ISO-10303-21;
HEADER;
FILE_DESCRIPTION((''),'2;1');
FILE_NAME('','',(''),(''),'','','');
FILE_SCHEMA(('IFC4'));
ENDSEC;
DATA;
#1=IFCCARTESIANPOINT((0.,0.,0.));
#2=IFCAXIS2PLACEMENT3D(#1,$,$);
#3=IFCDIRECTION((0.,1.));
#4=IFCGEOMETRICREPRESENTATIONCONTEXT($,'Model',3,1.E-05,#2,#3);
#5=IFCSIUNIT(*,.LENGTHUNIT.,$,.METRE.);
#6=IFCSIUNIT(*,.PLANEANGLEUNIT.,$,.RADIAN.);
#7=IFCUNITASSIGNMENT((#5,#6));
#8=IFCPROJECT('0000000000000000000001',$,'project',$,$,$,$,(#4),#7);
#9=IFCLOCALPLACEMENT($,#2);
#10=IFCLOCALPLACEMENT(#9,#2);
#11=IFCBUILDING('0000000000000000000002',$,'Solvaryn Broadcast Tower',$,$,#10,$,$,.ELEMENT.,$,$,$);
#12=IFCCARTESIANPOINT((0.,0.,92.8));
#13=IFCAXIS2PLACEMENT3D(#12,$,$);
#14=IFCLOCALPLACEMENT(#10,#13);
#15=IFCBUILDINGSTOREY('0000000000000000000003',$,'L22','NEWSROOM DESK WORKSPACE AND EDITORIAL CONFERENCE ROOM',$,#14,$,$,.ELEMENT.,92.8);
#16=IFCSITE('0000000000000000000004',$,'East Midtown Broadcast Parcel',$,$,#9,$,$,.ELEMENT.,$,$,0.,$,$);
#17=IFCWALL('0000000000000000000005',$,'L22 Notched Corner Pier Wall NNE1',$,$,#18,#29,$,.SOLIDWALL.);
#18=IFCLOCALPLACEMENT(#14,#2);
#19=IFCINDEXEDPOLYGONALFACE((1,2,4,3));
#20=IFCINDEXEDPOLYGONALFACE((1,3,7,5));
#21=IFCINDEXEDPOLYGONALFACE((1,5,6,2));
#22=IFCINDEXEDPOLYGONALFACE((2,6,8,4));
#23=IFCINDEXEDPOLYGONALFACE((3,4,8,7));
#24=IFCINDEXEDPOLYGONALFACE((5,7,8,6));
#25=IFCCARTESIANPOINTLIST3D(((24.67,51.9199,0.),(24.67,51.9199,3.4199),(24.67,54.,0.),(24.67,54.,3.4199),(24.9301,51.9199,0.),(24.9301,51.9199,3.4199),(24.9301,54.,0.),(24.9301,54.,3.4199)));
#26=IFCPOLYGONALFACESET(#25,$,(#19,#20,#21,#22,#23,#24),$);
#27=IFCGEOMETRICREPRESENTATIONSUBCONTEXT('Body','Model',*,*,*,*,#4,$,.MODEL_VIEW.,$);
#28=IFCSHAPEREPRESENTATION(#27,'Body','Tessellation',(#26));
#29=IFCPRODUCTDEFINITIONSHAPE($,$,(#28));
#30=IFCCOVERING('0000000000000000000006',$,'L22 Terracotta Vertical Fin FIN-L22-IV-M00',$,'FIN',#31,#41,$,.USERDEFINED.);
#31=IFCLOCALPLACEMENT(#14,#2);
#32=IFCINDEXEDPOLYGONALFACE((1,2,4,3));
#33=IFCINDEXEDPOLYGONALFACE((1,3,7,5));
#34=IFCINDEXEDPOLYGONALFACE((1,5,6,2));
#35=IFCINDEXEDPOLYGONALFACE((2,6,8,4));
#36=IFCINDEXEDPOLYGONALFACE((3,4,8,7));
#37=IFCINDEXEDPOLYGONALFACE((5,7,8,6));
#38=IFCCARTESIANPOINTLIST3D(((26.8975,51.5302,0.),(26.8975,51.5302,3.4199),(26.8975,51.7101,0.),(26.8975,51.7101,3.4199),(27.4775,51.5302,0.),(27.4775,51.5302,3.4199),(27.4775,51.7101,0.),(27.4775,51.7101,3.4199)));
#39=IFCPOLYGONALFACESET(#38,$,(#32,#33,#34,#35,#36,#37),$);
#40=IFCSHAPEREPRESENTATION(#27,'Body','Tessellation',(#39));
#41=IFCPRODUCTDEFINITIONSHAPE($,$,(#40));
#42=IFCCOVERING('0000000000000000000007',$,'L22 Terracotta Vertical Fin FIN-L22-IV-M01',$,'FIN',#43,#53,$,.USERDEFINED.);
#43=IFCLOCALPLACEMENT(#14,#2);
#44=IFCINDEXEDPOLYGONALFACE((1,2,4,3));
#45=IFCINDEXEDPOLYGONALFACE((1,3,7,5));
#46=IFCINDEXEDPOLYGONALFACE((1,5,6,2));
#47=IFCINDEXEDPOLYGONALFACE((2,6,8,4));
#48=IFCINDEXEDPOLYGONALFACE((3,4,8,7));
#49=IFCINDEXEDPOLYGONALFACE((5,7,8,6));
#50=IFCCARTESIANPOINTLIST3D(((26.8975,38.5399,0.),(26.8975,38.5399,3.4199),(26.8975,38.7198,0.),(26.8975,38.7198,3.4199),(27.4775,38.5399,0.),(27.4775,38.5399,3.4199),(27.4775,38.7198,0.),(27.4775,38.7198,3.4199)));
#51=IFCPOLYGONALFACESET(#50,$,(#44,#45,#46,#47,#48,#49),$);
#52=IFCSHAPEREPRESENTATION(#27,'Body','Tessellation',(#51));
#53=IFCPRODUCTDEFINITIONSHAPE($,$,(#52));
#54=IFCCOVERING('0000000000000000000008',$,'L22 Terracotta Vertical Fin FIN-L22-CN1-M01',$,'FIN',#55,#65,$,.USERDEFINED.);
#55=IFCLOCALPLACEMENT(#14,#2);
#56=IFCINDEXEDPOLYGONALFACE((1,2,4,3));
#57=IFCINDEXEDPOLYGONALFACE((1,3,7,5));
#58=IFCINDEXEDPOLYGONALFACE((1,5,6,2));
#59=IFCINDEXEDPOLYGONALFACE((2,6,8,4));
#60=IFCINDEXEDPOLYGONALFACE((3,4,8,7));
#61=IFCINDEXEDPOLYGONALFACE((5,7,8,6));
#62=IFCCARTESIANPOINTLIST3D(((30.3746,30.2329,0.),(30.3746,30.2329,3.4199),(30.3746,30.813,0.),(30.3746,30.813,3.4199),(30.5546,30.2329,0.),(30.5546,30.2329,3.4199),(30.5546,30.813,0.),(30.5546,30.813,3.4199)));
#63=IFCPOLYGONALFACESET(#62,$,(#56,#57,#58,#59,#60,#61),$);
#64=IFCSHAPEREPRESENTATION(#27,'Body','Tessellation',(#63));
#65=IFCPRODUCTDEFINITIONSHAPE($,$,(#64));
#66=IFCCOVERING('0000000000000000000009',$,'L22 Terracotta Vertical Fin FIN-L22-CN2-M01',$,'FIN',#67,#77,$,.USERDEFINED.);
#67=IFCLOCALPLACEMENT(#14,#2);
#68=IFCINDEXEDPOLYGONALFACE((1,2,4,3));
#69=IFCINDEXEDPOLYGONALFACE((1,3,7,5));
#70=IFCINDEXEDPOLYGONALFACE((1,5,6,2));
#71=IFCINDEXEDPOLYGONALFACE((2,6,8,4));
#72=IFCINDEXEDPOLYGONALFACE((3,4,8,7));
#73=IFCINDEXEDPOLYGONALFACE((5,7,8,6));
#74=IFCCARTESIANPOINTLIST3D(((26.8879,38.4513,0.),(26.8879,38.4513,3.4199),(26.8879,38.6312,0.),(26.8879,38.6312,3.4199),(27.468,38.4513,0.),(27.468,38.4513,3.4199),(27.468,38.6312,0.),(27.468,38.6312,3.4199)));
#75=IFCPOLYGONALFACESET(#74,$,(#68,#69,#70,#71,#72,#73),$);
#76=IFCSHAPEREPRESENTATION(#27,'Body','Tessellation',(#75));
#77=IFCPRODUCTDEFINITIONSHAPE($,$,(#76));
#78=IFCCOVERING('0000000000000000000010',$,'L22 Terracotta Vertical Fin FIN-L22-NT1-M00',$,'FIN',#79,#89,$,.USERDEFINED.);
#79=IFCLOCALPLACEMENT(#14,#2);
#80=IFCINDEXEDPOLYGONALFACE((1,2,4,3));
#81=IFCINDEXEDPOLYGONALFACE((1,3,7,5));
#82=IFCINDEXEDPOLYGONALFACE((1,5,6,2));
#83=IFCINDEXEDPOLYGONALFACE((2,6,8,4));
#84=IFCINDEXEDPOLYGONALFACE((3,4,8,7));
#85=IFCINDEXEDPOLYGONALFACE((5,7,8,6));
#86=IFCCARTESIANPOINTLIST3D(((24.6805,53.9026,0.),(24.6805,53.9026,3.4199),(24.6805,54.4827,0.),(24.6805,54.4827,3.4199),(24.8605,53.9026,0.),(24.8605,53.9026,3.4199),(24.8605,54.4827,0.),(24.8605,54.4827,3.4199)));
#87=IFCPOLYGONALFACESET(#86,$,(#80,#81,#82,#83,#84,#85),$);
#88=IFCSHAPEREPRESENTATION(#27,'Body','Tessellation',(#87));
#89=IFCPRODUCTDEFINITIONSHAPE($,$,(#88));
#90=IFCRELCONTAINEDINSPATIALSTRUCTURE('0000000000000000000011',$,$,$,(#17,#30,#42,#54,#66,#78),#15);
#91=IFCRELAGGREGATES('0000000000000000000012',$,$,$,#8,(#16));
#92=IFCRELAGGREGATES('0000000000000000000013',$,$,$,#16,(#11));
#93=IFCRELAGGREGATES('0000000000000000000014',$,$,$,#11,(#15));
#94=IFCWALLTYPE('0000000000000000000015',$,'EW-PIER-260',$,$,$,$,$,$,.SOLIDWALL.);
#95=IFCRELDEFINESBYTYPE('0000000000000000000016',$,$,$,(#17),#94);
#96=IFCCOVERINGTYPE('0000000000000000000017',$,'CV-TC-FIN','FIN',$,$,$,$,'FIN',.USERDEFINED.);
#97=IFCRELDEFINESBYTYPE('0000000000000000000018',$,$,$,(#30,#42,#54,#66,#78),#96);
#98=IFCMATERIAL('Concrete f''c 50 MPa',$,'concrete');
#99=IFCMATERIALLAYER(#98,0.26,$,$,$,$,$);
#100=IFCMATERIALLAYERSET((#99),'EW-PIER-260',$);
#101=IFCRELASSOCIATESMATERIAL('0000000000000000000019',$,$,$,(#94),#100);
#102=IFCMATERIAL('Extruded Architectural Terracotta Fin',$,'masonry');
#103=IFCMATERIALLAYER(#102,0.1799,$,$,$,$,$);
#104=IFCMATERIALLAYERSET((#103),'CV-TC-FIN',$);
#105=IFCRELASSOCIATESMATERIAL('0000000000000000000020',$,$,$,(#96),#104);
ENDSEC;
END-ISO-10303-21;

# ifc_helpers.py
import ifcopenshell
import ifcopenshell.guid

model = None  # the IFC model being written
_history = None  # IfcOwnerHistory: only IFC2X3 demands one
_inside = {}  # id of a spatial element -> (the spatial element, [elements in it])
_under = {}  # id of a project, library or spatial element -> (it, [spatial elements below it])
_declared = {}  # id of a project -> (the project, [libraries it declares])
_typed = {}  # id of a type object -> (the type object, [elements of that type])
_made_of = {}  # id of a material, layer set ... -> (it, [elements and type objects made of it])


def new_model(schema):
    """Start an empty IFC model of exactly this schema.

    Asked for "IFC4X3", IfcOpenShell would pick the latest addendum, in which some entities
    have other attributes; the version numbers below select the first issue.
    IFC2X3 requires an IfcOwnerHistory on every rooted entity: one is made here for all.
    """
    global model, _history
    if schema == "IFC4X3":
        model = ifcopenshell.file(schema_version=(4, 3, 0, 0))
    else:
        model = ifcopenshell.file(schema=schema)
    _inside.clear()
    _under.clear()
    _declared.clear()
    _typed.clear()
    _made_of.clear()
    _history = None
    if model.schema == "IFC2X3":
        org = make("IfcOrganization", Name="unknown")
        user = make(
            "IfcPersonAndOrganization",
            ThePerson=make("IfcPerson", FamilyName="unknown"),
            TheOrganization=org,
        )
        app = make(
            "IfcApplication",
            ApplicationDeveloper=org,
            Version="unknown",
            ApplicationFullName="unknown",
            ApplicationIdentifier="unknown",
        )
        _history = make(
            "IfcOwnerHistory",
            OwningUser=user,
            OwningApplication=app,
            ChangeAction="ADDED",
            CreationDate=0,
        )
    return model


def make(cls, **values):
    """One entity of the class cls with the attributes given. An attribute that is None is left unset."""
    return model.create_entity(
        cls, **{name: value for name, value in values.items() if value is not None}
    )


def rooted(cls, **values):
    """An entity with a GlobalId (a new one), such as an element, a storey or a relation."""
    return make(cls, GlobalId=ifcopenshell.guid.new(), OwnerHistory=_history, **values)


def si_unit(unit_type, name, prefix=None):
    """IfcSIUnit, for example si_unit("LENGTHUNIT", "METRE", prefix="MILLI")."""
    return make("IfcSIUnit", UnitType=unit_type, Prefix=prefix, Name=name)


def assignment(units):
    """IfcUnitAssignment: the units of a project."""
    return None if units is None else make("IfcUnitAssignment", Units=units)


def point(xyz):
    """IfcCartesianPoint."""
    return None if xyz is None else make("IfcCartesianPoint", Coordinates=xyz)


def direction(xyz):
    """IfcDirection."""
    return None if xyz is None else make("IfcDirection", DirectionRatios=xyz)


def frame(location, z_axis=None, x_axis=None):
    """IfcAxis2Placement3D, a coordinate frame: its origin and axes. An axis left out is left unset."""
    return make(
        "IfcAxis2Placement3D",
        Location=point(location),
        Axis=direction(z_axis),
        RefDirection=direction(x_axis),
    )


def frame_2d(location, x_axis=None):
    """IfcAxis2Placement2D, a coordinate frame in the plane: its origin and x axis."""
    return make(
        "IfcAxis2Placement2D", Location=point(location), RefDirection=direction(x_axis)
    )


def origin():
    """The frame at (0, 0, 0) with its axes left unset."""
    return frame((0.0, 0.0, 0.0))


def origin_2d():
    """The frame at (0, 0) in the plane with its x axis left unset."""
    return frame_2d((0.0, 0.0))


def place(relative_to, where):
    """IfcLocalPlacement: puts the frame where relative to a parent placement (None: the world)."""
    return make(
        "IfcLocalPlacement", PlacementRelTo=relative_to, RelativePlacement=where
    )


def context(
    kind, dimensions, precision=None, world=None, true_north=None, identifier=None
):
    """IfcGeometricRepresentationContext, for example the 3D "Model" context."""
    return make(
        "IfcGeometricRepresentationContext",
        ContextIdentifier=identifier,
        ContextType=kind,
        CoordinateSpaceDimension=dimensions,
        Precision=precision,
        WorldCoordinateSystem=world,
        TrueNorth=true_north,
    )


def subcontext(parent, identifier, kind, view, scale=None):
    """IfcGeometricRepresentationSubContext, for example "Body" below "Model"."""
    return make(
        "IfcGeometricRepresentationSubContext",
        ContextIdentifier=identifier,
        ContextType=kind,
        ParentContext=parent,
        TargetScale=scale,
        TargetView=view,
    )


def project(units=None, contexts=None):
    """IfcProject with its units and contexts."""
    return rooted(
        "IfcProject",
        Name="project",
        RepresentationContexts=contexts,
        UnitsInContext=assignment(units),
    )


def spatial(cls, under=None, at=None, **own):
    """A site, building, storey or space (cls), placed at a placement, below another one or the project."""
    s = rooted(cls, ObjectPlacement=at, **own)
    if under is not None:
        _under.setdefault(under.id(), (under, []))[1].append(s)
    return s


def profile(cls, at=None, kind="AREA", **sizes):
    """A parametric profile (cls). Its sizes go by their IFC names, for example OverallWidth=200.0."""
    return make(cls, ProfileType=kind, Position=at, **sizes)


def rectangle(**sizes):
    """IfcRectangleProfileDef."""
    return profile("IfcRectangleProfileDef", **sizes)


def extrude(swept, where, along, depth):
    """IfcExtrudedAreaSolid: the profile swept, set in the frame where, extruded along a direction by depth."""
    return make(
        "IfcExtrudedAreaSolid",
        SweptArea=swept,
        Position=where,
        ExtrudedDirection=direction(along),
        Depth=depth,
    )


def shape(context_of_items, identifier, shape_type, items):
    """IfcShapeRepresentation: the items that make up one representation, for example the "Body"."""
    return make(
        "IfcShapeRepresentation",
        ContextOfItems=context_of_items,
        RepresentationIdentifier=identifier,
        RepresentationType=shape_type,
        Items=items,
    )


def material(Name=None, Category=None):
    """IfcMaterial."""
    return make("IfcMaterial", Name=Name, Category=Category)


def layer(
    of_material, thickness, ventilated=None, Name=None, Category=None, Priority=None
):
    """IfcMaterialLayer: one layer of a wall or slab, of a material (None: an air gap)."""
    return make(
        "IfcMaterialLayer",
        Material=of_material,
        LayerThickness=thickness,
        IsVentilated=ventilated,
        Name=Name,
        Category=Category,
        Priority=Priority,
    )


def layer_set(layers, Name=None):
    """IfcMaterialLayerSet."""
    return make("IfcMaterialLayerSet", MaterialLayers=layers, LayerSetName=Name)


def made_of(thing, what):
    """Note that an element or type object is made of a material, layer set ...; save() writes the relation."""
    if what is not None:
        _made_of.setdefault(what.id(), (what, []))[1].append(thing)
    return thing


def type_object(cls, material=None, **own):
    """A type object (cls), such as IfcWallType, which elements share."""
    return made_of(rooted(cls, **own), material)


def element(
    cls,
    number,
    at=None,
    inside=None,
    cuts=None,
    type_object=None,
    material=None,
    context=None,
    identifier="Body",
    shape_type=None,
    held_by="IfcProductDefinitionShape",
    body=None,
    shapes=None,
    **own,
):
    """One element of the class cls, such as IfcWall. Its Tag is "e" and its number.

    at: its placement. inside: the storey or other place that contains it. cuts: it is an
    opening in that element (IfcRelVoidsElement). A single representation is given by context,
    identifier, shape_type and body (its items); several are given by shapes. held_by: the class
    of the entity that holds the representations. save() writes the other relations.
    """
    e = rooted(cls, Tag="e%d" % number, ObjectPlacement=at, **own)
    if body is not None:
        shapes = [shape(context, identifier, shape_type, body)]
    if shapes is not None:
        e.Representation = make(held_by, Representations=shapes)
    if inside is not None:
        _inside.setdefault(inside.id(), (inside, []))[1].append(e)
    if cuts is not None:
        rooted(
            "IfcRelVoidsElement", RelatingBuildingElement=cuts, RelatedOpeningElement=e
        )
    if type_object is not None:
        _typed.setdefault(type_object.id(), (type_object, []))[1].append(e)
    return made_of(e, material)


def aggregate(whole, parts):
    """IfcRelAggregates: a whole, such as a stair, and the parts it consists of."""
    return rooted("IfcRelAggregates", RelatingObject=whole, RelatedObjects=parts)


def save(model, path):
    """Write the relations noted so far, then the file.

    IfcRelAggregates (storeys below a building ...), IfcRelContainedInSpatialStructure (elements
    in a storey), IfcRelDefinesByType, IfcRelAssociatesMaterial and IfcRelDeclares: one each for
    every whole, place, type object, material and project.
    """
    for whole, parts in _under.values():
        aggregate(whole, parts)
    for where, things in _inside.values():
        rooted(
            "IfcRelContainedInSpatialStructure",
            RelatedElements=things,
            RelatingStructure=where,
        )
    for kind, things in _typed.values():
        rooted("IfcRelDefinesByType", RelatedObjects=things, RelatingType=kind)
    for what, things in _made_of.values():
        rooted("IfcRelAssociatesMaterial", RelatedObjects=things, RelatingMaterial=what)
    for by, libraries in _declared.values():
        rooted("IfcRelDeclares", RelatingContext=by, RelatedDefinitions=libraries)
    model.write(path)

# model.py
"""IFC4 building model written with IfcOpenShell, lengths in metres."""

from ifc_helpers import new_model, si_unit, direction, frame, frame_2d, origin, origin_2d, place, context, subcontext, project, spatial, rectangle, extrude, material, layer, layer_set, type_object, element, save


model = new_model("IFC4")

# Units and contexts
model_context = context("Model", 3, precision=1e-05, world=origin(), true_north=direction((0.0, 1.0)))
body_context = subcontext(model_context, "Body", "Model", "MODEL_VIEW")
ifc_project = project(units=[si_unit("LENGTHUNIT", "METRE"), si_unit("PLANEANGLEUNIT", "RADIAN")], contexts=[model_context])

# Site, building, storey
site_placement = place(None, origin())
site = spatial("IfcSite", under=ifc_project, at=site_placement, Name="East Midtown Broadcast Parcel", CompositionType="ELEMENT", RefElevation=0.0)
building_placement = place(site_placement, origin())
building = spatial("IfcBuilding", under=site, at=building_placement, Name="Solvaryn Broadcast Tower", CompositionType="ELEMENT")
storey_placement = place(building_placement, frame((0.0, 0.0, 92.8)))
storey = spatial("IfcBuildingStorey", under=building, at=storey_placement, Name="L22", Description="NEWSROOM DESK WORKSPACE AND EDITORIAL CONFERENCE ROOM", CompositionType="ELEMENT", Elevation=92.8)

# Wall
ifc_material_1 = material(Name="Concrete f'c 50 MPa", Category="concrete")
ifc_layer_1 = layer(ifc_material_1, 0.26)
ifc_layer_set_1 = layer_set([ifc_layer_1], Name="EW-PIER-260")
wall_type_1 = type_object("IfcWallType", Name="EW-PIER-260", PredefinedType="SOLIDWALL", material=ifc_layer_set_1)
wall_1_placement = place(storey_placement, frame((24.8, 54.0, 0.0), z_axis=(0.0, 0.0, 1.0), x_axis=(0.0, -1.0, 0.0)))
element("IfcWall", 1, at=wall_1_placement, inside=storey, type_object=wall_type_1, Name="L22 Notched Corner Pier Wall NNE1", PredefinedType="SOLIDWALL", context=body_context, shape_type="SweptSolid", body=[
    extrude(rectangle(XDim=2.0801, YDim=0.26, at=frame_2d((1.04, 0.0))), origin(), (0.0, 0.0, 1.0), 3.4199),
])

# Coverings
ifc_material_2 = material(Name="Extruded Architectural Terracotta Fin", Category="masonry")
ifc_layer_2 = layer(ifc_material_2, 0.1799)
ifc_layer_set_2 = layer_set([ifc_layer_2], Name="CV-TC-FIN")
covering_type = type_object("IfcCoveringType", Name="CV-TC-FIN", Description="FIN", ElementType="FIN", PredefinedType="USERDEFINED", material=ifc_layer_set_2)
for number, where, z_axis, x_axis, name in (
    (2, (27.1875, 51.6201, 0.0), (0.0, 0.0, 1.0), (1.0, 0.0, 0.0), "L22 Terracotta Vertical Fin FIN-L22-IV-M00"),
    (3, (27.1875, 38.6299, 0.0), (0.0, 0.0, 1.0), (1.0, 0.0, 0.0), "L22 Terracotta Vertical Fin FIN-L22-IV-M01"),
):
    element("IfcCovering", number, at=place(storey_placement, frame(where, z_axis=z_axis, x_axis=x_axis)), inside=storey, type_object=covering_type, Name=name, ObjectType="FIN", PredefinedType="USERDEFINED", context=body_context, shape_type="SweptSolid", body=[
        extrude(rectangle(XDim=0.5801, YDim=0.1799, at=origin_2d()), origin(), (0.0, 0.0, 1.0), 3.4199),
    ])
covering_1_placement = place(storey_placement, frame((30.4646, 30.5229, 0.0), z_axis=(0.0, 0.0, 1.0), x_axis=(1.0, 0.0, 0.0)))
element("IfcCovering", 4, at=covering_1_placement, inside=storey, type_object=covering_type, Name="L22 Terracotta Vertical Fin FIN-L22-CN1-M01", ObjectType="FIN", PredefinedType="USERDEFINED", context=body_context, shape_type="SweptSolid", body=[
    extrude(rectangle(XDim=0.1799, YDim=0.5801, at=origin_2d()), origin(), (0.0, 0.0, 1.0), 3.4199),
])
covering_2_placement = place(storey_placement, frame((27.178, 38.5413, 0.0), z_axis=(0.0, 0.0, 1.0), x_axis=(1.0, 0.0, 0.0)))
element("IfcCovering", 5, at=covering_2_placement, inside=storey, type_object=covering_type, Name="L22 Terracotta Vertical Fin FIN-L22-CN2-M01", ObjectType="FIN", PredefinedType="USERDEFINED", context=body_context, shape_type="SweptSolid", body=[
    extrude(rectangle(XDim=0.5801, YDim=0.1799, at=origin_2d()), origin(), (0.0, 0.0, 1.0), 3.4199),
])
covering_3_placement = place(storey_placement, frame((24.7705, 54.1926, 0.0), z_axis=(0.0, 0.0, 1.0), x_axis=(1.0, 0.0, 0.0)))
element("IfcCovering", 6, at=covering_3_placement, inside=storey, type_object=covering_type, Name="L22 Terracotta Vertical Fin FIN-L22-NT1-M00", ObjectType="FIN", PredefinedType="USERDEFINED", context=body_context, shape_type="SweptSolid", body=[
    extrude(rectangle(XDim=0.1799, YDim=0.5801, at=origin_2d()), origin(), (0.0, 0.0, 1.0), 3.4199),
])

save(model, "model.ifc")
